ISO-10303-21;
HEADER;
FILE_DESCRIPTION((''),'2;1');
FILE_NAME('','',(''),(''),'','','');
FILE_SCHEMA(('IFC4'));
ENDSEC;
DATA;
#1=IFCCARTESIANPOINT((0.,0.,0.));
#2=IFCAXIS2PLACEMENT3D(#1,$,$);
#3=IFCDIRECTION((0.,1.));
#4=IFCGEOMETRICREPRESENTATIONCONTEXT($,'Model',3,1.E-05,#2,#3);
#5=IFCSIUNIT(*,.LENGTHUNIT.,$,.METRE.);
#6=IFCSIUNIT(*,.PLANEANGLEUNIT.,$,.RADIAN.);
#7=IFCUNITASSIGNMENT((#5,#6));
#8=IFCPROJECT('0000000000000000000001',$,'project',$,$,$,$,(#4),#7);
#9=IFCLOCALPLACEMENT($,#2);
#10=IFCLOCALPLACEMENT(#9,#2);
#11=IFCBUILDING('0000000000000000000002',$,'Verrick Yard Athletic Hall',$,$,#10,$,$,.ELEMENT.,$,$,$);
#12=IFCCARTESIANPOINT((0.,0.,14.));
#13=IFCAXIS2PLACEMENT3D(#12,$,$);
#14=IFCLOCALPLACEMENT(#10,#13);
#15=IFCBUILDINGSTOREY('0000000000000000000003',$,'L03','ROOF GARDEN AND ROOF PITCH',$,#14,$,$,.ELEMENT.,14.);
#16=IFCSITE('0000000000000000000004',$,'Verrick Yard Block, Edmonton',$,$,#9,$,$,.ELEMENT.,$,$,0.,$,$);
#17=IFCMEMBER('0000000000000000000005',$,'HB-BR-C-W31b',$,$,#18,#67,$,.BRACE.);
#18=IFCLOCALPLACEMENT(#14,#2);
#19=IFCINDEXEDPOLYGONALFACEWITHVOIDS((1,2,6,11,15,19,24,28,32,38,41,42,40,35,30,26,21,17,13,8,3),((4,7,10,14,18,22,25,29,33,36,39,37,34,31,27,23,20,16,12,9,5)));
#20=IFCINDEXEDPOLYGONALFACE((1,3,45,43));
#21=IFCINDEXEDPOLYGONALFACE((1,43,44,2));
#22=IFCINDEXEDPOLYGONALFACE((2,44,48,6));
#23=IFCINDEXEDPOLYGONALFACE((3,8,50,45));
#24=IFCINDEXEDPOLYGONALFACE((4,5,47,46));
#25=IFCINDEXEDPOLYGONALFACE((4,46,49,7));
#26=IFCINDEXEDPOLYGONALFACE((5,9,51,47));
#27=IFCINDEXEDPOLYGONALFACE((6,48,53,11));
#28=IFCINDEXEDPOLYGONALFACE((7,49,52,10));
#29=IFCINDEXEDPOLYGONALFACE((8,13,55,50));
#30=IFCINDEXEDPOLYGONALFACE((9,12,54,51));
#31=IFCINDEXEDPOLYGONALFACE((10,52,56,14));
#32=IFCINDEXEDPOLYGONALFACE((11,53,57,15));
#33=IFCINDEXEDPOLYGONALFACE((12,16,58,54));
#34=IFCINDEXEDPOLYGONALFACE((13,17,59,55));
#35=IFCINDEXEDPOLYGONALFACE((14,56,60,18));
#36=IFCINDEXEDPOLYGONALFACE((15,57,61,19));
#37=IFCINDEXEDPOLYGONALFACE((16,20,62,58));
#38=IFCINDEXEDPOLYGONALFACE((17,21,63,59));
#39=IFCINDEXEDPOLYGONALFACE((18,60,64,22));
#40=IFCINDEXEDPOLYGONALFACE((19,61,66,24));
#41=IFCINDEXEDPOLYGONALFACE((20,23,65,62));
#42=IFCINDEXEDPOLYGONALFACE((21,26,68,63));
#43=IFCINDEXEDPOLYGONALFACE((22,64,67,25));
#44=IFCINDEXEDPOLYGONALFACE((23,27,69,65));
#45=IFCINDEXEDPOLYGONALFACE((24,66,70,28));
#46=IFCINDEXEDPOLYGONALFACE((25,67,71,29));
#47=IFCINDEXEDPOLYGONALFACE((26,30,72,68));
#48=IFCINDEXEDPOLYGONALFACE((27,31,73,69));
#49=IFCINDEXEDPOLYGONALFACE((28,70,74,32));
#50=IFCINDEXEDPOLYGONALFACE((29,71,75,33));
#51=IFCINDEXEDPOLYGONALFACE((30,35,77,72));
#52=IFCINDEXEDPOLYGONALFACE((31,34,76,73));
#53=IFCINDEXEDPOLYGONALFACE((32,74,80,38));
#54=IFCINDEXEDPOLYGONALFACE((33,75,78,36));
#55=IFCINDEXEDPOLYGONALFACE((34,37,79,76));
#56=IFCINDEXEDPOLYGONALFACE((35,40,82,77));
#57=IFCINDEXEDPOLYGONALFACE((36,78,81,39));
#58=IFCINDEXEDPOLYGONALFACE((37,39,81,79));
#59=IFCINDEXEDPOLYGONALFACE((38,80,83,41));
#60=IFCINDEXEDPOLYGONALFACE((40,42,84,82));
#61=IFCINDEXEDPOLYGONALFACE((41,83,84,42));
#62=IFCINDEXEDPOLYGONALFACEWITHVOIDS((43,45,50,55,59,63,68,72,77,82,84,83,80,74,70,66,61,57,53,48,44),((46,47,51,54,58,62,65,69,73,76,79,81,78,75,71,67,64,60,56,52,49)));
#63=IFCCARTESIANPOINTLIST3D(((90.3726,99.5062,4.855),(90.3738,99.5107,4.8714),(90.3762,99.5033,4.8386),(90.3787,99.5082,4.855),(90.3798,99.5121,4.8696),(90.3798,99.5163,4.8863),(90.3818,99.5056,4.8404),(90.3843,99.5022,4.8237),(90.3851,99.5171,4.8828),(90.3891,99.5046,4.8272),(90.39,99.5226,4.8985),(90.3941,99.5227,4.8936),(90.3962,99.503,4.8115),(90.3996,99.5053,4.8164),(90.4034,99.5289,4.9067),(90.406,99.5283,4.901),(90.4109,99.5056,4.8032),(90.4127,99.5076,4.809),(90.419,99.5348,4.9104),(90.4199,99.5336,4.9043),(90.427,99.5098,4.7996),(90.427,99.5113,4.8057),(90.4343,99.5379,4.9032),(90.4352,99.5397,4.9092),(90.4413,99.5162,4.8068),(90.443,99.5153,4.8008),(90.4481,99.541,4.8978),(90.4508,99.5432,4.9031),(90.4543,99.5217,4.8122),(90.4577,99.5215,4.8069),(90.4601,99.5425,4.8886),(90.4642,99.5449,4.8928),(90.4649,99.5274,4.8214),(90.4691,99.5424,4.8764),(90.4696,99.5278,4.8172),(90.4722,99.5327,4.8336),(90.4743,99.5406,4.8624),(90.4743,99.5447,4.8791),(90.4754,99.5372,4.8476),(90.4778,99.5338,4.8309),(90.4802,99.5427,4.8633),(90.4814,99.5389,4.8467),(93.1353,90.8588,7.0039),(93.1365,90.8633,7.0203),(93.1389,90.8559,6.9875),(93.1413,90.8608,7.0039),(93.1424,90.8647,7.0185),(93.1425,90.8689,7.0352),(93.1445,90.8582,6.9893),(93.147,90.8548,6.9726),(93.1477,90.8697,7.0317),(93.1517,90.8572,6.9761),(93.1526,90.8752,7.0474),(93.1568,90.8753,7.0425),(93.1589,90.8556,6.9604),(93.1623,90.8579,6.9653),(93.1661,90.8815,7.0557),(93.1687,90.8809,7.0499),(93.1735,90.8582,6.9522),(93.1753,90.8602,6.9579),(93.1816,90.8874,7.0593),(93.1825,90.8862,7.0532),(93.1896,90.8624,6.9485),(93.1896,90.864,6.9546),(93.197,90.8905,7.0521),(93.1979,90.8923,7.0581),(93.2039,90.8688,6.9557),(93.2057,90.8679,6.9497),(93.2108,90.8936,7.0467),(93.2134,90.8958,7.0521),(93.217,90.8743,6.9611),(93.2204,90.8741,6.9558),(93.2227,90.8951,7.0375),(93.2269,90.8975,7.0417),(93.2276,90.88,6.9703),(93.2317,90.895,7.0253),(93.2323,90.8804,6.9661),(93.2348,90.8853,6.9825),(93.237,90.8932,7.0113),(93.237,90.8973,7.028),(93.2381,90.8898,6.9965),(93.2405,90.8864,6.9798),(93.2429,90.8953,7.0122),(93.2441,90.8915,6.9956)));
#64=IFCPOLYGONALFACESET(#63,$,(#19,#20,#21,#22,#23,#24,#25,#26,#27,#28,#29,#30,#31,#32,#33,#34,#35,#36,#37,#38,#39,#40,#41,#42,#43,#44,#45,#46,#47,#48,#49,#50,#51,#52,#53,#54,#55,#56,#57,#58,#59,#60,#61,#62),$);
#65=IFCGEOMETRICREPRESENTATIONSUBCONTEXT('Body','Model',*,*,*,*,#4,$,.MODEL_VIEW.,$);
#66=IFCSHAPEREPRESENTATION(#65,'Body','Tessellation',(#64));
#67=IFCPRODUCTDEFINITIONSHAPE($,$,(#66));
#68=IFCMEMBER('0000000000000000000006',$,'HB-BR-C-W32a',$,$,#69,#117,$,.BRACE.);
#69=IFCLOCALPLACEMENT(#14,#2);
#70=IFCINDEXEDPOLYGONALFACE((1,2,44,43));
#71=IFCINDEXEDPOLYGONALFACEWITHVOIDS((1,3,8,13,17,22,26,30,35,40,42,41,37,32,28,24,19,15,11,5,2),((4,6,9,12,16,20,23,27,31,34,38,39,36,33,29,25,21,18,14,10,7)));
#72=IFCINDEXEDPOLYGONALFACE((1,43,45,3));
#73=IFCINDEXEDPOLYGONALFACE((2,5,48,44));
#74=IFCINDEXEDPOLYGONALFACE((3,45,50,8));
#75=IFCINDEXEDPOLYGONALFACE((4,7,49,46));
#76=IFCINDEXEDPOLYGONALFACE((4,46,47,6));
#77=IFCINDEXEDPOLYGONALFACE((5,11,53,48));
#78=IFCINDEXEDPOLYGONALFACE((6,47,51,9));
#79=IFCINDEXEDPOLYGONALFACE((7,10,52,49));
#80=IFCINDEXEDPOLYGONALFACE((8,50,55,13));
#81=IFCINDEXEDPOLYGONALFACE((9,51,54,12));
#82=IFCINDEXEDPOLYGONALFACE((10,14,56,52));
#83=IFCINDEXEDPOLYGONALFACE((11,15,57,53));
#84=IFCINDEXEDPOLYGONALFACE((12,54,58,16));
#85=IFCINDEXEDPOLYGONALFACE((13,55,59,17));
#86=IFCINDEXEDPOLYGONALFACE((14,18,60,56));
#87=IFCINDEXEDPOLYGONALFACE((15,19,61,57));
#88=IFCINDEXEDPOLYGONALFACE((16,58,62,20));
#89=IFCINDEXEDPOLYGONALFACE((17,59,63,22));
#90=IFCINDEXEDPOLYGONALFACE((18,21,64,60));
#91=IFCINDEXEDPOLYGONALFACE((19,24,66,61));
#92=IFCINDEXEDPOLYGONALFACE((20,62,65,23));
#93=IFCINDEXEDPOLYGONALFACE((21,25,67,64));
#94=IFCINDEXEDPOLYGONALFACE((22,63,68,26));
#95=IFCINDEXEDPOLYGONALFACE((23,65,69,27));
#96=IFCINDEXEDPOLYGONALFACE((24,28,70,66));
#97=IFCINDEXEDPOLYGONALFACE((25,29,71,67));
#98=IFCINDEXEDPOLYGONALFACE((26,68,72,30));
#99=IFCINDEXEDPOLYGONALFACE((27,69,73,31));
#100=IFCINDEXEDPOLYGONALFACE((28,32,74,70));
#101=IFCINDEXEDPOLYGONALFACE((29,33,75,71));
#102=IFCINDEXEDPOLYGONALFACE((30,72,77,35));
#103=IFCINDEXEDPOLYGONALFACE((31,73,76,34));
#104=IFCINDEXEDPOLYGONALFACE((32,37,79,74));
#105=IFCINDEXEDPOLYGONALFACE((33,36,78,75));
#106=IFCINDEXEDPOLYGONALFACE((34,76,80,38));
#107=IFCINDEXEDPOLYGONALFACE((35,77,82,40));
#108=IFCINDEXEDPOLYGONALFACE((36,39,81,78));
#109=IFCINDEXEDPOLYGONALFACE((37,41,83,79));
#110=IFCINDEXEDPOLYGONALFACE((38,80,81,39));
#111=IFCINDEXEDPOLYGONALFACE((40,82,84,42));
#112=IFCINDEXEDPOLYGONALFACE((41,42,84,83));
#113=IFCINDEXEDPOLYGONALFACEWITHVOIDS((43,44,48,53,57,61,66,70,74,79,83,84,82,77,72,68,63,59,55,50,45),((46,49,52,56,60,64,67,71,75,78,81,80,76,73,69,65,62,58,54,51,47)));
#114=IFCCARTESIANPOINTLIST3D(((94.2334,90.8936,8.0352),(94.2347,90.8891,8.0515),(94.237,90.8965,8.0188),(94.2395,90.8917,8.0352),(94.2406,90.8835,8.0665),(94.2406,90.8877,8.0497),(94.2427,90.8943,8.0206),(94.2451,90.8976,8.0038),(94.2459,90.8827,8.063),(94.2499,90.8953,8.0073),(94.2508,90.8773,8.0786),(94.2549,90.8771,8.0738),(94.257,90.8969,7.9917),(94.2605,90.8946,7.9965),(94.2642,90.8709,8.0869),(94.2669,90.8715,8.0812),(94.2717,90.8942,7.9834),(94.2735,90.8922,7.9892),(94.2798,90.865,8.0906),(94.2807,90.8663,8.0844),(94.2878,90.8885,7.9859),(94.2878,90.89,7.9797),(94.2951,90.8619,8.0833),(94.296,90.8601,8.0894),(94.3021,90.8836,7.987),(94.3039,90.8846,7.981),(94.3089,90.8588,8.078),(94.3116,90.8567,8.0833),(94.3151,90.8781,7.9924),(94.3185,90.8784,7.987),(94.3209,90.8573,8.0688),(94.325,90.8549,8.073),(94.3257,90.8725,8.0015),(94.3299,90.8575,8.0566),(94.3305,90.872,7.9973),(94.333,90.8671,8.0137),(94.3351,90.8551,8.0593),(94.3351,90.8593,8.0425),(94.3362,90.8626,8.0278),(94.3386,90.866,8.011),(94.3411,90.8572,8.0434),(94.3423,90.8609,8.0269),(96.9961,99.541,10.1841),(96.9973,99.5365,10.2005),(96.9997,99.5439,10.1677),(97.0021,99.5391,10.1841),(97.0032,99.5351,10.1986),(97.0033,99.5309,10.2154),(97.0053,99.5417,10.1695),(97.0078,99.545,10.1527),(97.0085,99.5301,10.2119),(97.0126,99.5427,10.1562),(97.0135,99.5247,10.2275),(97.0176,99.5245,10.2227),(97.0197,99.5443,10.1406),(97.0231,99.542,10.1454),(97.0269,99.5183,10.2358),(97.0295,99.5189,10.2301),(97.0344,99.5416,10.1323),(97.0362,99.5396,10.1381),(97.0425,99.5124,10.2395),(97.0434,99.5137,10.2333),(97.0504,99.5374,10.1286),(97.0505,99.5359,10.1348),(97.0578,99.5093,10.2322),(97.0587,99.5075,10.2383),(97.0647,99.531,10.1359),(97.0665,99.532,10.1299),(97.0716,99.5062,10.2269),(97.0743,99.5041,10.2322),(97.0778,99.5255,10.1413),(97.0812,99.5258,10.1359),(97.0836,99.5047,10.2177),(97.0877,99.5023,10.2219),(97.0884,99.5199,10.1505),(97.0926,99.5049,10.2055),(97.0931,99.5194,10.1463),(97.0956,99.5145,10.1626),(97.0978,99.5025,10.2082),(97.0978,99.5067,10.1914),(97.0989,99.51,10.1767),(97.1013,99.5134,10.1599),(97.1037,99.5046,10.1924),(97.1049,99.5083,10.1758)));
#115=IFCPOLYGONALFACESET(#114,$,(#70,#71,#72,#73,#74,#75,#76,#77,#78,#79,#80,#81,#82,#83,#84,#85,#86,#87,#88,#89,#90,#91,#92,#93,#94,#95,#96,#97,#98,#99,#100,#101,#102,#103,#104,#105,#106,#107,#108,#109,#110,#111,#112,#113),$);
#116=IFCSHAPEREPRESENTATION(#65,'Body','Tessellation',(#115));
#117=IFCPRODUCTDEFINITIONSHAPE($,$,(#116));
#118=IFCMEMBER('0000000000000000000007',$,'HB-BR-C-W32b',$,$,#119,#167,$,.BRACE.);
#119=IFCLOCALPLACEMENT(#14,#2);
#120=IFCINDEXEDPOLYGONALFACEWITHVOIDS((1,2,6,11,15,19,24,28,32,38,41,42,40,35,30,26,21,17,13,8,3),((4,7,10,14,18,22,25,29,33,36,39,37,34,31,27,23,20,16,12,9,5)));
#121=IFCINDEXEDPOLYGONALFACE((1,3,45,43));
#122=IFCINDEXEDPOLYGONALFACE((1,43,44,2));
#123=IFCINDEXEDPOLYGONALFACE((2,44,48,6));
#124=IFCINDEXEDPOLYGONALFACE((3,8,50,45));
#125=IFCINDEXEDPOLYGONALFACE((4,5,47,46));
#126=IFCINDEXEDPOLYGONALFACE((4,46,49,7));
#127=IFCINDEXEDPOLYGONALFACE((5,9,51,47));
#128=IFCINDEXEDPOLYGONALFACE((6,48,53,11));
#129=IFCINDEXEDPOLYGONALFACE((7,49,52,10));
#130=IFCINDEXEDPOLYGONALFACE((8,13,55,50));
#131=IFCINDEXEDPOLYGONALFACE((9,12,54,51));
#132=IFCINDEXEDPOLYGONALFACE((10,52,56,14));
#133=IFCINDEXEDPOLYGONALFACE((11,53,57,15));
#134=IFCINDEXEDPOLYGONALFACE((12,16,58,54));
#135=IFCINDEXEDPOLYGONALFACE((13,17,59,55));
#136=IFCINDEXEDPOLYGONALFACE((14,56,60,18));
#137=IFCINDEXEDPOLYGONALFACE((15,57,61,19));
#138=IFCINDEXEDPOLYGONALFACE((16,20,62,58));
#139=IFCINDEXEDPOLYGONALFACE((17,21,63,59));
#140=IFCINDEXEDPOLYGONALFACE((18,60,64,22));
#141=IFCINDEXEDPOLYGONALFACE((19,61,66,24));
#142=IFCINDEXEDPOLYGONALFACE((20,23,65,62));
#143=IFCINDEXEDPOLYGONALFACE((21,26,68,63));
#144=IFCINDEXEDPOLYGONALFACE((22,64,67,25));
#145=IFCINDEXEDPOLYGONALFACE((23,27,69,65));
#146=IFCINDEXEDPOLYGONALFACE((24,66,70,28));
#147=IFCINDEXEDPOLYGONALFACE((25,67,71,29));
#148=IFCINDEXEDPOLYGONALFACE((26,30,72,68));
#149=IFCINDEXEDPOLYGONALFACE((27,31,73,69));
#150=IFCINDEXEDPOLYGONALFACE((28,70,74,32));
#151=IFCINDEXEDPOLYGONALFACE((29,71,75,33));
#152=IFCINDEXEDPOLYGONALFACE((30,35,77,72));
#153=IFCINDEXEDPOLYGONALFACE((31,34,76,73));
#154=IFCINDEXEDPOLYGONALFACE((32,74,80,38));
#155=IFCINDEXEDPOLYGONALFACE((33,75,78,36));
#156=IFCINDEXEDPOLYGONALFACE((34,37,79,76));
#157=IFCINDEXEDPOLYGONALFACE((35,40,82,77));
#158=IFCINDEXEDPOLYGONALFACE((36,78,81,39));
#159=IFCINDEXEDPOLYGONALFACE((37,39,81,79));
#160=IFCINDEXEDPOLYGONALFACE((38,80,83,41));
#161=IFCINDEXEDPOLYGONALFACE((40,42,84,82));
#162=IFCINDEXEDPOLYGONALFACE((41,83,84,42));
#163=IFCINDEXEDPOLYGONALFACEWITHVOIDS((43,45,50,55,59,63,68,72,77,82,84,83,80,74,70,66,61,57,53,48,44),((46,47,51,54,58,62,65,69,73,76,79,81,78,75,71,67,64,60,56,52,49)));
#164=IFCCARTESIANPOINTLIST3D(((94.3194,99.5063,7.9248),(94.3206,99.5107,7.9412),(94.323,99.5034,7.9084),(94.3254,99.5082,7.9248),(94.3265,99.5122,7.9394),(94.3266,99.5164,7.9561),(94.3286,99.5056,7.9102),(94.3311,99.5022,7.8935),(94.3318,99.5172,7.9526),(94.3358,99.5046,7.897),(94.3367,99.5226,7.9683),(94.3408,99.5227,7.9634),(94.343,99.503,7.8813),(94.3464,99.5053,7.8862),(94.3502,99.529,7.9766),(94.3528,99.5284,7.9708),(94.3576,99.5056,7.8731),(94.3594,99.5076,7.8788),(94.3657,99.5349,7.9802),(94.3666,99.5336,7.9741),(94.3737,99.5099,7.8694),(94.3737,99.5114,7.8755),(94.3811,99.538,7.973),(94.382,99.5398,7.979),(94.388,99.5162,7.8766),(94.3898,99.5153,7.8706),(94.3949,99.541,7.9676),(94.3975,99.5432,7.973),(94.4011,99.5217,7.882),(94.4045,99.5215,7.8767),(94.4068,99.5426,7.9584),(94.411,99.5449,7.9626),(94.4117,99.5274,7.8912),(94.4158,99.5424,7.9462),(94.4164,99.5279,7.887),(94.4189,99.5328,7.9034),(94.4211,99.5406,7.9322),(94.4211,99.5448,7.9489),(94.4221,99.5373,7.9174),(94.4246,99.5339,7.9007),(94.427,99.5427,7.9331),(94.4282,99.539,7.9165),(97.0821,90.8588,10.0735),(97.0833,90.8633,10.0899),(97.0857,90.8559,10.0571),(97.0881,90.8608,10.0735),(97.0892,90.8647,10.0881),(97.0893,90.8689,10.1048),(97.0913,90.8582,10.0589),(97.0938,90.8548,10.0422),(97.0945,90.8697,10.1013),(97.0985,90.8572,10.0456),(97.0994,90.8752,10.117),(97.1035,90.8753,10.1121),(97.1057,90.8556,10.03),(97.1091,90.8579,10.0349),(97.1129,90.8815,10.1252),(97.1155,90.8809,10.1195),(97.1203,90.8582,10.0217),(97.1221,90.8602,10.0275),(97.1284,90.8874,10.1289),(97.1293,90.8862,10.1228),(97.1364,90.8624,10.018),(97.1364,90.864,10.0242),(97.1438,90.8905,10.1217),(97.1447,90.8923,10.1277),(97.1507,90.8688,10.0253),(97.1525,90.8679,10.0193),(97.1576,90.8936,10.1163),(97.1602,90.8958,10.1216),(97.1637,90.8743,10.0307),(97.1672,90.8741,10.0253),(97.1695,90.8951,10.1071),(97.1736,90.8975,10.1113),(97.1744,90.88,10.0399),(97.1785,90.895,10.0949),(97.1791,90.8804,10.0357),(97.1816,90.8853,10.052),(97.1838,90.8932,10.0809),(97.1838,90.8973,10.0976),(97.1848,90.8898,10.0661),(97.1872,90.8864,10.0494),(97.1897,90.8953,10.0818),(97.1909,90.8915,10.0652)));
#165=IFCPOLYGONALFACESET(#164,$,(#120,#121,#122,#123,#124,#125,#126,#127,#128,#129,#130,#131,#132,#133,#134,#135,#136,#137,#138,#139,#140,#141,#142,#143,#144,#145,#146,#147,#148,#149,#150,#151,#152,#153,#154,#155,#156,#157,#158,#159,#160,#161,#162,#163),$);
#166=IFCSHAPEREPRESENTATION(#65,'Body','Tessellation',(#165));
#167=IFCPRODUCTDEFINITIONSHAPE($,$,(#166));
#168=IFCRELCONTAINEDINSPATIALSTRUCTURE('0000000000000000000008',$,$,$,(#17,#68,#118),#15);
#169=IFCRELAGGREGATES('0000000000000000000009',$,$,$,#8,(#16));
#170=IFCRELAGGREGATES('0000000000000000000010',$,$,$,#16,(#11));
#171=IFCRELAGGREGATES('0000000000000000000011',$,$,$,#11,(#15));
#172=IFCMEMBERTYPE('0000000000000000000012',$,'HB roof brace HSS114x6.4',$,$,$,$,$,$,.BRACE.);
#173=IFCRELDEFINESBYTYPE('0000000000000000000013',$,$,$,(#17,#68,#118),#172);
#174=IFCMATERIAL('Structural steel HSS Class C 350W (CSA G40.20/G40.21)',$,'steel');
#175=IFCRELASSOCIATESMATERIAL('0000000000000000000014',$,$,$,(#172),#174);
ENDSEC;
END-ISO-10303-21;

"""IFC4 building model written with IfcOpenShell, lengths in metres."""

from ifc_helpers import new_model, si_unit, direction, frame, origin, origin_2d, place, context, subcontext, project, spatial, hollow_circle, extrude, material, material_profile, profile_set, type_object, element, save


model = new_model("IFC4")

# Units and contexts
model_context = context("Model", 3, precision=1e-05, world=origin(), true_north=direction((0.0, 1.0)))
body_context = subcontext(model_context, "Body", "Model", "MODEL_VIEW")
ifc_project = project(units=[si_unit("LENGTHUNIT", "METRE"), si_unit("PLANEANGLEUNIT", "RADIAN")], contexts=[model_context])

# Site, building, storey
site_placement = place(None, origin())
site = spatial("IfcSite", under=ifc_project, at=site_placement, Name="Verrick Yard Block, Edmonton", CompositionType="ELEMENT", RefElevation=0.0)
building_placement = place(site_placement, origin())
building = spatial("IfcBuilding", under=site, at=building_placement, Name="Verrick Yard Athletic Hall", CompositionType="ELEMENT")
storey_placement = place(building_placement, frame((0.0, 0.0, 14.0)))
storey = spatial("IfcBuildingStorey", under=building, at=storey_placement, Name="L03", Description="ROOF GARDEN AND ROOF PITCH", CompositionType="ELEMENT", Elevation=14.0)

# Shared definitions
ifc_material_1 = material(Name="Structural steel HSS Class C 350W (CSA G40.20/G40.21)", Category="steel")

# Members
ifc_material_profile_1 = material_profile(ifc_material_1, hollow_circle(Radius=0.0571, WallThickness=0.0063, at=origin_2d()), Name="HSS114x6.4")
ifc_profile_set_1 = profile_set([ifc_material_profile_1], Name="Structural steel HSS Class C 350W (CSA G40.20/G40.21)")
member_type_1 = type_object("IfcMemberType", Name="HB roof brace HSS114x6.4", PredefinedType="BRACE", material=ifc_profile_set_1)
for number, where, z_axis, x_axis, name in (
    (1, (93.1897, 90.8762, 7.0039), (-0.296143, 0.926951, -0.230351), (-0.952568, -0.304327, 0.0), "HB-BR-C-W31b"),
    (2, (94.2878, 90.8762, 8.0352), (0.296143, 0.926951, 0.230351), (-0.952568, 0.304327, 0.0), "HB-BR-C-W32a"),
    (3, (97.1365, 90.8762, 10.0735), (-0.296145, 0.926957, -0.230326), (-0.952568, -0.304327, 0.0), "HB-BR-C-W32b"),
):
    element("IfcMember", number, at=place(storey_placement, frame(where, z_axis=z_axis, x_axis=x_axis)), inside=storey, type_object=member_type_1, Name=name, PredefinedType="BRACE", context=body_context, shape_type="SweptSolid", body=[
        extrude(hollow_circle(Radius=0.0571, WallThickness=0.0063, at=origin_2d()), origin(), (0.0, 0.0, 1.0), 9.3289),
    ])

save(model, "model.ifc")
